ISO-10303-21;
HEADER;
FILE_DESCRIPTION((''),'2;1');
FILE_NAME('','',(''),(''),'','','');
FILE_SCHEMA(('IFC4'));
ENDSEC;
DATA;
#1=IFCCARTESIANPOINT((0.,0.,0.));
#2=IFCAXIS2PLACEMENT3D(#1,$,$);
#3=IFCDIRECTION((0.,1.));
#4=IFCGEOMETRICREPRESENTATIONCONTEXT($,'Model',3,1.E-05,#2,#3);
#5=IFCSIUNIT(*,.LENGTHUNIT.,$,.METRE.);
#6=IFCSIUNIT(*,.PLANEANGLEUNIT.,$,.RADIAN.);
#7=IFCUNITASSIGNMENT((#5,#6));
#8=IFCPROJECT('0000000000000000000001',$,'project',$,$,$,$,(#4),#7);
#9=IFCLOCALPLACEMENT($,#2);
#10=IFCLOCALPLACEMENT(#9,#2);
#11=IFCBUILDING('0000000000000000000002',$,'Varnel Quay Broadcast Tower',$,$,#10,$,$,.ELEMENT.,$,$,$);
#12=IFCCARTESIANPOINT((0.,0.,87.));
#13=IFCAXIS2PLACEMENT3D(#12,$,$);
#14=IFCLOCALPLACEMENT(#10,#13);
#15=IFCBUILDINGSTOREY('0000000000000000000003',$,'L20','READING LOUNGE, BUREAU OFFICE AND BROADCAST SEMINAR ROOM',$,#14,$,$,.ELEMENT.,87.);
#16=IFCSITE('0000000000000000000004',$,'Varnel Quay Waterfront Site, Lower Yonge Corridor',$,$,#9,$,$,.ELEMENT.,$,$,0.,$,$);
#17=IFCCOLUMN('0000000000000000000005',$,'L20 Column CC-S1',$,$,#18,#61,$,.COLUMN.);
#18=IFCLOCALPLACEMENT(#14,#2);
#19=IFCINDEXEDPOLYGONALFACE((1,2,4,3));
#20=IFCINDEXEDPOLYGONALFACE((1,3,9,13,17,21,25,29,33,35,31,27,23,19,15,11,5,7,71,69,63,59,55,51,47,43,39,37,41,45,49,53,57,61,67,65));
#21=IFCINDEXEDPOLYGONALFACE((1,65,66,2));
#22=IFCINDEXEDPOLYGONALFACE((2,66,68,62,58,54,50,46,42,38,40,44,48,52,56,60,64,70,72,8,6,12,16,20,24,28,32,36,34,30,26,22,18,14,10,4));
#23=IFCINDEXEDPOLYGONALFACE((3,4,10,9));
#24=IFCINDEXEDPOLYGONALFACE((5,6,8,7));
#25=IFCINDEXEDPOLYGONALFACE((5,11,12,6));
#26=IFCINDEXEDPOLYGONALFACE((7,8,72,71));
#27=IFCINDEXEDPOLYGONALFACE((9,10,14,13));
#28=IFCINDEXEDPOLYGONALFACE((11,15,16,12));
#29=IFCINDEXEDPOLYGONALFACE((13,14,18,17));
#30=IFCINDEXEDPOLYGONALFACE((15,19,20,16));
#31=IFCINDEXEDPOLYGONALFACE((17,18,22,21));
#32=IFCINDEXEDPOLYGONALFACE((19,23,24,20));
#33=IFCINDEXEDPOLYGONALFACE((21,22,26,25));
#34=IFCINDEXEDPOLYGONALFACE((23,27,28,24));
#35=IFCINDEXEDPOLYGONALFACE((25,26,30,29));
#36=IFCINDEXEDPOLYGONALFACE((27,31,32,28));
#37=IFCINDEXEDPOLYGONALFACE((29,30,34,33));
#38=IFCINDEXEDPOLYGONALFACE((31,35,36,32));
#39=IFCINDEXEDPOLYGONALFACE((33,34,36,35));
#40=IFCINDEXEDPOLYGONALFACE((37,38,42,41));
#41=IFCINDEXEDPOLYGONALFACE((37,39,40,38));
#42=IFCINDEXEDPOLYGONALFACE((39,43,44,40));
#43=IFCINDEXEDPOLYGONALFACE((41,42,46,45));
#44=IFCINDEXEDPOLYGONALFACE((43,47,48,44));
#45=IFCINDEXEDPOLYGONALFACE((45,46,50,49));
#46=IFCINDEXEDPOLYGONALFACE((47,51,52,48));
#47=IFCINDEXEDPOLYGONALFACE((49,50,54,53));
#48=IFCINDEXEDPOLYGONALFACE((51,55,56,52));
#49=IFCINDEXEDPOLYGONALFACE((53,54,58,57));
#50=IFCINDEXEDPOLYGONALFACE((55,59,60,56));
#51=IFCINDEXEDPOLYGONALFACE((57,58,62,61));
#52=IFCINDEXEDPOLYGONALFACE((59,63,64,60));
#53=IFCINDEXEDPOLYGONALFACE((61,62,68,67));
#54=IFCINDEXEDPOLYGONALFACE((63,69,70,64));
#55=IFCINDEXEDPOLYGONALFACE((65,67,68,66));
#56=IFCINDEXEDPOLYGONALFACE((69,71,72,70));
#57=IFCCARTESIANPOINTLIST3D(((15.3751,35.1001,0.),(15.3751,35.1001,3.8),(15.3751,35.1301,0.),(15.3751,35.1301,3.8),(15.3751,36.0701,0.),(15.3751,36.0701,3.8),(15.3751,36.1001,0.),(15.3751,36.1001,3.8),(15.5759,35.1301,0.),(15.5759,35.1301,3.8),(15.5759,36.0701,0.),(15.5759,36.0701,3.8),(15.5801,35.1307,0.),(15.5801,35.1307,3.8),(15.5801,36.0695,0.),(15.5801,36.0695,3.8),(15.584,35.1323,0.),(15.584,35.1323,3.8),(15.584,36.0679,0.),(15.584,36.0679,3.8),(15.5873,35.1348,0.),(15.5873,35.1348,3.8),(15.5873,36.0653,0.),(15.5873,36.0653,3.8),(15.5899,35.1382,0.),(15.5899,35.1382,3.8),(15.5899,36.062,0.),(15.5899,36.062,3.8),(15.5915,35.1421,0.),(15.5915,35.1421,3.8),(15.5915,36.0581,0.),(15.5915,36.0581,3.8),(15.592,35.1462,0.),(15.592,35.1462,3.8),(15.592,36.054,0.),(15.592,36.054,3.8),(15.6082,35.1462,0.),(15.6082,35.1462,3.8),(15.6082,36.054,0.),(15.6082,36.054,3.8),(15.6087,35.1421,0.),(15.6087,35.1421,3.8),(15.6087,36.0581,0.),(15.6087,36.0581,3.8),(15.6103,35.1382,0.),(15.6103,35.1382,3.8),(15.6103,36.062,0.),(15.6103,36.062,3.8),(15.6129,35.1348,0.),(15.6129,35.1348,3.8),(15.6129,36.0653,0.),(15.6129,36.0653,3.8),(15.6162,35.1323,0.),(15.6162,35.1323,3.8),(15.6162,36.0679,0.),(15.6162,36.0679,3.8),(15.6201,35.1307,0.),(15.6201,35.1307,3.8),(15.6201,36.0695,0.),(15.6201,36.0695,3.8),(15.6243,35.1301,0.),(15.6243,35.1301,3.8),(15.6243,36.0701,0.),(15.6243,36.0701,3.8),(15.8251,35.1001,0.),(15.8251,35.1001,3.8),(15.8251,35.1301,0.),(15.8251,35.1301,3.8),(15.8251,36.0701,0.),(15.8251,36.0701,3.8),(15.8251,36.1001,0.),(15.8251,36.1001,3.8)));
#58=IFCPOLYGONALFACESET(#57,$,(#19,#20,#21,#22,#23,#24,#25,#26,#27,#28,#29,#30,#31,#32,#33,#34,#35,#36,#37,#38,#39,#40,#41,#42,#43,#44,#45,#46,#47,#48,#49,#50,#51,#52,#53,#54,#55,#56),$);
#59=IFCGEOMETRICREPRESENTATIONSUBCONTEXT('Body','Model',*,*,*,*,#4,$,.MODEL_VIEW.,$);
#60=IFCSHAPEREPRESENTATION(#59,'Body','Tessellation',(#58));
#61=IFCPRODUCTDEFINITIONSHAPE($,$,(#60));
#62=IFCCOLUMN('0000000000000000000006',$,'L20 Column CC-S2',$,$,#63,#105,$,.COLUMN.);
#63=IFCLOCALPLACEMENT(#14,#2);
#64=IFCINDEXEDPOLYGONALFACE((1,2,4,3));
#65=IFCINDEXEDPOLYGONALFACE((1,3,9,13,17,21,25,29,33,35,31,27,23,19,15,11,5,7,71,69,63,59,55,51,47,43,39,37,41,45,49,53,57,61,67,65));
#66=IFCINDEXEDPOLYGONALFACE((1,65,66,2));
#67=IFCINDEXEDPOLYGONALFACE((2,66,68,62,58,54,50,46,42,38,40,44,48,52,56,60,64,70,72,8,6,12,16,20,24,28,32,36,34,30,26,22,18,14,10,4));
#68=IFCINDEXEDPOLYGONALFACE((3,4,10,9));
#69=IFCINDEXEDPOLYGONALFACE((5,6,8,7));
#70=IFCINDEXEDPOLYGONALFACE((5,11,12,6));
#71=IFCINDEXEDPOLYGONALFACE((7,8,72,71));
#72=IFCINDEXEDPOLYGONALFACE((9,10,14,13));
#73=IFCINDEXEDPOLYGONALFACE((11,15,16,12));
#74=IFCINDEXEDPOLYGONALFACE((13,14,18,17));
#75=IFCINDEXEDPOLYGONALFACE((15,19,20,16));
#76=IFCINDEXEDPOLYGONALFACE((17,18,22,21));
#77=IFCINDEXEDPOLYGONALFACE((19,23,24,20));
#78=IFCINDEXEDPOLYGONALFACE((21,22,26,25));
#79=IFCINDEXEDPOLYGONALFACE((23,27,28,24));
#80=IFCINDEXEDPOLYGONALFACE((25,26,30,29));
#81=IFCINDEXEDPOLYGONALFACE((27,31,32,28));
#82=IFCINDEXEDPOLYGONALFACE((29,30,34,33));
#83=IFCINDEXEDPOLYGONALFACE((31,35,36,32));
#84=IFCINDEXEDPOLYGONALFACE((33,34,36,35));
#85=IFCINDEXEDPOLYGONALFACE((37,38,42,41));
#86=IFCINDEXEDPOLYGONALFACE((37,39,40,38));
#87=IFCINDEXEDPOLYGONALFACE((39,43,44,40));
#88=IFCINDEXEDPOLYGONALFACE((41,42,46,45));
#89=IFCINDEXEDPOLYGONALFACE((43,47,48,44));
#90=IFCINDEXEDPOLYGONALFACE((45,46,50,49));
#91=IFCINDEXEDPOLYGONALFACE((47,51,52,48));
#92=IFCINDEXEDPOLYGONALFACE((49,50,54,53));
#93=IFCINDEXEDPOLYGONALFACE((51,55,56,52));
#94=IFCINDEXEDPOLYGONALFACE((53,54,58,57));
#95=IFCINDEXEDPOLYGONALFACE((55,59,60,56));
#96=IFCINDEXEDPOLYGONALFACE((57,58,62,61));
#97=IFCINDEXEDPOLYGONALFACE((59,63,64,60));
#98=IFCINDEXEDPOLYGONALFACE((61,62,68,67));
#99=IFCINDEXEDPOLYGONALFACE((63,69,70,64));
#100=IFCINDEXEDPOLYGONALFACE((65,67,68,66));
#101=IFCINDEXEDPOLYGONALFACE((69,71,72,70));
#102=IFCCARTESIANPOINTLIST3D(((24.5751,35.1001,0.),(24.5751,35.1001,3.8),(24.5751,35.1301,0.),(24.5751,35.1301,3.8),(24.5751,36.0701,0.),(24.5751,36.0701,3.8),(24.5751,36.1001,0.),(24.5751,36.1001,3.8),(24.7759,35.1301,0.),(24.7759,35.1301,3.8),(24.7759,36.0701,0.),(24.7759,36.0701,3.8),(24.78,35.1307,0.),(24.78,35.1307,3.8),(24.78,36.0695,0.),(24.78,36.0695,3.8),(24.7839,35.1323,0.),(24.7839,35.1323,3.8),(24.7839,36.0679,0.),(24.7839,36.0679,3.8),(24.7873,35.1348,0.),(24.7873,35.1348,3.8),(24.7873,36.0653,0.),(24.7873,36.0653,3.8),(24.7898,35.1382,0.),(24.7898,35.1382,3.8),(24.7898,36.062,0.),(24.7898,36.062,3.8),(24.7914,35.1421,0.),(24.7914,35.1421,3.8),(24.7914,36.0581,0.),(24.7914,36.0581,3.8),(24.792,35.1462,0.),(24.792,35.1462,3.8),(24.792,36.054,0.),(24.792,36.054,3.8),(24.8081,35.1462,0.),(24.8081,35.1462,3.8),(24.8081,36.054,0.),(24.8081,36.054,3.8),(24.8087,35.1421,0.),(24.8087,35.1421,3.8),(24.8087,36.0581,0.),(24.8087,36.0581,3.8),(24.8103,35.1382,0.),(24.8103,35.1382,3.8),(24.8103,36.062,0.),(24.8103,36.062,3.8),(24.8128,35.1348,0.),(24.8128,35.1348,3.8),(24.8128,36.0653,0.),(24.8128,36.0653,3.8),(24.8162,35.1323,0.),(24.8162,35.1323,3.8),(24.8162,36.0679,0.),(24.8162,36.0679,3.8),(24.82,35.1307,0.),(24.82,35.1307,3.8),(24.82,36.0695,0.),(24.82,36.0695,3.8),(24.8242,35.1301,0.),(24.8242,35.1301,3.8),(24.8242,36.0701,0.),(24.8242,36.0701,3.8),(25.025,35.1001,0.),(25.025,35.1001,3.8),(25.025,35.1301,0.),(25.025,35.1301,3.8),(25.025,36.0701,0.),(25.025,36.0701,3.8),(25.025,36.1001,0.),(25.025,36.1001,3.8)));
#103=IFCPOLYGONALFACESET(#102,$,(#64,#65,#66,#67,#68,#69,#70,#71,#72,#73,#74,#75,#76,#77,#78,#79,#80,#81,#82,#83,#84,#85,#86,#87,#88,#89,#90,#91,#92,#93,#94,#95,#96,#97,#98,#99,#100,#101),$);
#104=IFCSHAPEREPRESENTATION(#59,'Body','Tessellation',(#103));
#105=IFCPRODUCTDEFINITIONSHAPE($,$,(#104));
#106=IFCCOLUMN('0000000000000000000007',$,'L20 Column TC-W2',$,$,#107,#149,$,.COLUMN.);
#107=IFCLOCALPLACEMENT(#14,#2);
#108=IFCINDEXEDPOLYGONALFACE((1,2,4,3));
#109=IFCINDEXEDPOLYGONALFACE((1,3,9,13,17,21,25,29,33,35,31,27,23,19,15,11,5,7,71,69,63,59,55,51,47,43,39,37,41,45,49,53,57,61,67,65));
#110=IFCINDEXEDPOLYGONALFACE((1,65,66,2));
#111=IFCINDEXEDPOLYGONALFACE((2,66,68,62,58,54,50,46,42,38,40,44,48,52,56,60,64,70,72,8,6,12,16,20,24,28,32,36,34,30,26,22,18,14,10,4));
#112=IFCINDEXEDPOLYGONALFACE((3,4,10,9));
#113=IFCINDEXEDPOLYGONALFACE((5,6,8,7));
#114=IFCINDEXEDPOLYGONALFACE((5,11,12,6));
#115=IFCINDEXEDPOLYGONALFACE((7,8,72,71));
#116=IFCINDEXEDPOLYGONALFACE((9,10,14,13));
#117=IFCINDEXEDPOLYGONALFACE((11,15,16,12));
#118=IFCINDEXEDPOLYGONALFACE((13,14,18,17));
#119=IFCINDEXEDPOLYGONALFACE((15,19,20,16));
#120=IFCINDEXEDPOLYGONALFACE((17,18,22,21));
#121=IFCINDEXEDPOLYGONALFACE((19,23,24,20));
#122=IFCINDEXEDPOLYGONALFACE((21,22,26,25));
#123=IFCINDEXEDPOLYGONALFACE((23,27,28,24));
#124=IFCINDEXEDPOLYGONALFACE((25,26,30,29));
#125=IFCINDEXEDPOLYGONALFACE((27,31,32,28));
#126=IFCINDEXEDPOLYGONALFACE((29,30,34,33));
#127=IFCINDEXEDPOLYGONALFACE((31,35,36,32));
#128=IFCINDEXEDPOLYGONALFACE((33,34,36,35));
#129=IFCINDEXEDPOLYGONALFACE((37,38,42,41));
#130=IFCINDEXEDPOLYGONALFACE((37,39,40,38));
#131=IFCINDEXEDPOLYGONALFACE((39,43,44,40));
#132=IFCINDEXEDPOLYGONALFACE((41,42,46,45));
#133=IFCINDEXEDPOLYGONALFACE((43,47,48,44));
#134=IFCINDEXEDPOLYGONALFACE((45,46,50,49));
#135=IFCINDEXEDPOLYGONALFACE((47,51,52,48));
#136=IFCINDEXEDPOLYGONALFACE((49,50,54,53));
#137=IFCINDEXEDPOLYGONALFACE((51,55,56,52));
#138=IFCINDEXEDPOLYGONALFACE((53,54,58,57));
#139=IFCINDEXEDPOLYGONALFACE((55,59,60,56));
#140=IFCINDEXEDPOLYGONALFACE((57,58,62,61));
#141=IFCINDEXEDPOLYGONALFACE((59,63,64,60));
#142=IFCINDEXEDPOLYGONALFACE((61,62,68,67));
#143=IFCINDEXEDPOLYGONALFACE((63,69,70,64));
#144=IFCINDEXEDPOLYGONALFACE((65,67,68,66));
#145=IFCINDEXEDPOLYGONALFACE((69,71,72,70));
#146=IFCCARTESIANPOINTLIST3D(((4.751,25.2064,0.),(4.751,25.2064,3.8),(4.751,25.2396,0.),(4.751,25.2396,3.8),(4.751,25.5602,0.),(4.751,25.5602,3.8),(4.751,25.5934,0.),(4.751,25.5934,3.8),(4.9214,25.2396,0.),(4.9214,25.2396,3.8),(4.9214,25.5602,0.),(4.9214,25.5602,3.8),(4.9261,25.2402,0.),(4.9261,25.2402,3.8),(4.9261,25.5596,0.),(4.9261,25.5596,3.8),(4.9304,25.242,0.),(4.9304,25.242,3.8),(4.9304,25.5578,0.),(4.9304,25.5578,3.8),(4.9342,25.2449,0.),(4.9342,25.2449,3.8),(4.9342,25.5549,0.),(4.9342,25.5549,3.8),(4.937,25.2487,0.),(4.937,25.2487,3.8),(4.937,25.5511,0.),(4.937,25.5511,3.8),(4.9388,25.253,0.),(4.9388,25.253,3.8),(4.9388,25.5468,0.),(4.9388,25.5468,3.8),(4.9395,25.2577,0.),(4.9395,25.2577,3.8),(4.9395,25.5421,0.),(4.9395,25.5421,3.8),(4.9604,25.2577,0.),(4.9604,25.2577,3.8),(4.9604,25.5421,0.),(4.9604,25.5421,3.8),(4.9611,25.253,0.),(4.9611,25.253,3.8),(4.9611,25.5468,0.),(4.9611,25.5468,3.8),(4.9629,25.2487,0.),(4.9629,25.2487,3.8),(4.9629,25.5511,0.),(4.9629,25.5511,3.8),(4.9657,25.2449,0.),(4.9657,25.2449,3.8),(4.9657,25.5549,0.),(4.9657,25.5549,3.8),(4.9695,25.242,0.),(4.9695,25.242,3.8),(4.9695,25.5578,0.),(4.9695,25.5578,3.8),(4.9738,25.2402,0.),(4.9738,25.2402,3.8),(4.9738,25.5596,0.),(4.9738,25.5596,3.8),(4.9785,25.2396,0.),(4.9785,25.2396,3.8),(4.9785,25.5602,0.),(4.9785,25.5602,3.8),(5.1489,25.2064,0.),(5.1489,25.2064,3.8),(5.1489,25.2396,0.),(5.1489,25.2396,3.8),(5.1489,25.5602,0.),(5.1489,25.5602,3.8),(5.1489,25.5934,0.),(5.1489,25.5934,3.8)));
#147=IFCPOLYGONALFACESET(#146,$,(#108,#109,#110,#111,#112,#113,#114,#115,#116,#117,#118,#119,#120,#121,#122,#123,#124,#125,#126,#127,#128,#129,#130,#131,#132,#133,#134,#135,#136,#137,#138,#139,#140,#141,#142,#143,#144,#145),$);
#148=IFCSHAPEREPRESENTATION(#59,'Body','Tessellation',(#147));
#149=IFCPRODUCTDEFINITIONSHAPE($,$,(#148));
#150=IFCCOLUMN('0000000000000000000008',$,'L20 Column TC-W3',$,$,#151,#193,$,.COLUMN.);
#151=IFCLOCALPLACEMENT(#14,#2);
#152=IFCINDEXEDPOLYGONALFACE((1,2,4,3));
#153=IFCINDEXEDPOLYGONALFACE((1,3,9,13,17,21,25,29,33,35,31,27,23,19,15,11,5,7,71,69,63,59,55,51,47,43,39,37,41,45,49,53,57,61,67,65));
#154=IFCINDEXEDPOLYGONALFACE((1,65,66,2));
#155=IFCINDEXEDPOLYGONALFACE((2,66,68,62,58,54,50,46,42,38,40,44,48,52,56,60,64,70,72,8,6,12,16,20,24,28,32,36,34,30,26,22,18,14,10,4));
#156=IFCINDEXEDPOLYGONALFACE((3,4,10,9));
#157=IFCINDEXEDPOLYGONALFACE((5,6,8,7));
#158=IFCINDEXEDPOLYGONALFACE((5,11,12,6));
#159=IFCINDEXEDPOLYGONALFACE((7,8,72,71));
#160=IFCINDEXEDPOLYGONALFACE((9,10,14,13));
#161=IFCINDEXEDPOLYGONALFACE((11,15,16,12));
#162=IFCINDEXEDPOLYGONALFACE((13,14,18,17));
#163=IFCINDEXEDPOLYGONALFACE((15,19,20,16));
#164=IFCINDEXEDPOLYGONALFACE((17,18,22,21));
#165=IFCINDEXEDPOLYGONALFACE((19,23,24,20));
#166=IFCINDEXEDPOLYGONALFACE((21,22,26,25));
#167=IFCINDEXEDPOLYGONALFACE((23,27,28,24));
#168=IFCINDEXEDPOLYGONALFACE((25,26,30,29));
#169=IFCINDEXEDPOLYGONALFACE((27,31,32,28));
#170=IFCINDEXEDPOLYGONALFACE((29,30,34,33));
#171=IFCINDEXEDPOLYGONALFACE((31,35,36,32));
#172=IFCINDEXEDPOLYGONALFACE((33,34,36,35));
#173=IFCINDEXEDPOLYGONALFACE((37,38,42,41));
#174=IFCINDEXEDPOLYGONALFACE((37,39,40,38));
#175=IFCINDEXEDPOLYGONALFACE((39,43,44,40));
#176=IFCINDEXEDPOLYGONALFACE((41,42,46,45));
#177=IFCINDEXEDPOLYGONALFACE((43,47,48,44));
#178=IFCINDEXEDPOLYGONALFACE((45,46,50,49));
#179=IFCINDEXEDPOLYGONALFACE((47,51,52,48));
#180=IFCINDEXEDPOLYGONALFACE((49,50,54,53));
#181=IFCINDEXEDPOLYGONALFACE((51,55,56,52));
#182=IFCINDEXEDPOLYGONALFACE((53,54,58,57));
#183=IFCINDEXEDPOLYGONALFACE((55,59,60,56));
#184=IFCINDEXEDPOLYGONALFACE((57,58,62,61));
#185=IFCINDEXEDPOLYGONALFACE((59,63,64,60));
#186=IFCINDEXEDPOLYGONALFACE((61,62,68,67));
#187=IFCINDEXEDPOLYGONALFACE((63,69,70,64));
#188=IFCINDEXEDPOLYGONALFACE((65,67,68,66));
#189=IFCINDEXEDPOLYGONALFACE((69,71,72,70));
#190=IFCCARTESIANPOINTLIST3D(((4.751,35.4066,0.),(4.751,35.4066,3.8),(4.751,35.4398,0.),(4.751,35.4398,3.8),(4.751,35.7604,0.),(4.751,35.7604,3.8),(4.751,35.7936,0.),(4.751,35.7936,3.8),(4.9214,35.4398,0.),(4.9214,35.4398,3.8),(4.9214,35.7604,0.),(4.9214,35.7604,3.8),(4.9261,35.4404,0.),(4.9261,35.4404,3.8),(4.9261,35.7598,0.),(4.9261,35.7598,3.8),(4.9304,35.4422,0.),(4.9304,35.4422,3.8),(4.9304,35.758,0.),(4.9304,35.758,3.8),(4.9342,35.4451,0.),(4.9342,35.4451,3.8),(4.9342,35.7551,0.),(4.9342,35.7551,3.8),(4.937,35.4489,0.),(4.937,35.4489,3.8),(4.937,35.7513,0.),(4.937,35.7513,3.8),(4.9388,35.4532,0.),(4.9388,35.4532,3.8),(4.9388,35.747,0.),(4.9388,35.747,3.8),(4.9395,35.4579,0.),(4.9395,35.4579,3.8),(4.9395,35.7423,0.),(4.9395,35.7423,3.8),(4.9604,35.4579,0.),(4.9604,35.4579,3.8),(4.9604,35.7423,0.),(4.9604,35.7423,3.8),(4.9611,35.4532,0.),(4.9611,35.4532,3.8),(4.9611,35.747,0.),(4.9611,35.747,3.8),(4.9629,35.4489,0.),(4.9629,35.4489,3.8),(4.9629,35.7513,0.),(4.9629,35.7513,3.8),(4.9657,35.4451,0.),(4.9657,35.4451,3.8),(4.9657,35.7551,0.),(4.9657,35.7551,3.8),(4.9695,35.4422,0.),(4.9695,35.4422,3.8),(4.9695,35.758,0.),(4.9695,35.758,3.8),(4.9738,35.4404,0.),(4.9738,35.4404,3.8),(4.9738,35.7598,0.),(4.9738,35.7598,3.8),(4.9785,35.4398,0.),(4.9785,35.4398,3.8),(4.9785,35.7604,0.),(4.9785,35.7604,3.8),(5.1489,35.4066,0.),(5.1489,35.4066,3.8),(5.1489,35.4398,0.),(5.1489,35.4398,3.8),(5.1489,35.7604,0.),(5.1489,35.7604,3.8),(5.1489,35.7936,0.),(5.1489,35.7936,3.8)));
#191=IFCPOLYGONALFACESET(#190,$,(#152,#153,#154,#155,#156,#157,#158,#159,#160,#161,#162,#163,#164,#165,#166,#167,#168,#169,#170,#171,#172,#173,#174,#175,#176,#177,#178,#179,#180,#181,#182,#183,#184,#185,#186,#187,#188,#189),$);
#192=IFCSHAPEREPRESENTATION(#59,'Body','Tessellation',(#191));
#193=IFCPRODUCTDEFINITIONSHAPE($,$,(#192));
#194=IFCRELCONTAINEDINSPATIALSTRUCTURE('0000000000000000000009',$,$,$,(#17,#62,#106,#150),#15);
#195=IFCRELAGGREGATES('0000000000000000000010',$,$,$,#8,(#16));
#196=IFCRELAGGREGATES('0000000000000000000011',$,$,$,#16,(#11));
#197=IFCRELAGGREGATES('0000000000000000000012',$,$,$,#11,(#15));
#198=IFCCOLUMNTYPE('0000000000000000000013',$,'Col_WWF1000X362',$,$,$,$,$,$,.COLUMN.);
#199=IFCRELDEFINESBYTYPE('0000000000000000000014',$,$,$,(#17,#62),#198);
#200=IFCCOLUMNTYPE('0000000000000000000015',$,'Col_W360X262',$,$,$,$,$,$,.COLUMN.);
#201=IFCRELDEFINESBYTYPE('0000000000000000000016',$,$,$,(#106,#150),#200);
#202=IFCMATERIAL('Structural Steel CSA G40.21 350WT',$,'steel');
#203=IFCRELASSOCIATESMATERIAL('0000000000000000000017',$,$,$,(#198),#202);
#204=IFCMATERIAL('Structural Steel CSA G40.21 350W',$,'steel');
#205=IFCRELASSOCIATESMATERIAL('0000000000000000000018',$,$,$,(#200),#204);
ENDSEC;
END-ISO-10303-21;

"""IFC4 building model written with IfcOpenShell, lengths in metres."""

from ifc_helpers import new_model, si_unit, direction, frame, origin, origin_2d, place, context, subcontext, project, spatial, i_section, extrude, source, transform, mapped, material, material_profile, profile_set, type_object, type_shapes, element, save


model = new_model("IFC4")

# Units and contexts
model_context = context("Model", 3, precision=1e-05, world=origin(), true_north=direction((0.0, 1.0)))
body_context = subcontext(model_context, "Body", "Model", "MODEL_VIEW")
ifc_project = project(units=[si_unit("LENGTHUNIT", "METRE"), si_unit("PLANEANGLEUNIT", "RADIAN")], contexts=[model_context])

# Site, building, storey
site_placement = place(None, origin())
site = spatial("IfcSite", under=ifc_project, at=site_placement, Name="Varnel Quay Waterfront Site, Lower Yonge Corridor", CompositionType="ELEMENT", RefElevation=0.0)
building_placement = place(site_placement, origin())
building = spatial("IfcBuilding", under=site, at=building_placement, Name="Varnel Quay Broadcast Tower", CompositionType="ELEMENT")
storey_placement = place(building_placement, frame((0.0, 0.0, 87.0)))
storey = spatial("IfcBuildingStorey", under=building, at=storey_placement, Name="L20", Description="READING LOUNGE, BUREAU OFFICE AND BROADCAST SEMINAR ROOM", CompositionType="ELEMENT", Elevation=87.0)

# Columns
ifc_material_1 = material(Name="Structural Steel CSA G40.21 350WT", Category="steel")
ifc_material_profile_1 = material_profile(ifc_material_1, i_section(OverallWidth=0.45, OverallDepth=1.0, WebThickness=0.0161, FlangeThickness=0.03, FilletRadius=0.0161, at=origin_2d()), Name="WWF1000X362")
ifc_profile_set_1 = profile_set([ifc_material_profile_1], Name="Structural Steel CSA G40.21 350WT")
column_type_1 = type_object("IfcColumnType", Name="Col_WWF1000X362", PredefinedType="COLUMN", material=ifc_profile_set_1)
shared_shape_1 = source(origin(), body_context, "Body", "SweptSolid", [
    extrude(i_section(OverallWidth=0.45, OverallDepth=1.0, WebThickness=0.0161, FlangeThickness=0.03, FilletRadius=0.0161, at=origin_2d()), origin(), (0.0, 0.0, 1.0), 3.8),
])
type_shapes(column_type_1, [shared_shape_1])
for number, where, z_axis, x_axis, name in (
    (1, (15.6001, 35.6001, 0.0), (0.0, 0.0, 1.0), (1.0, 0.0, 0.0), "L20 Column CC-S1"),
    (2, (24.8, 35.6001, 0.0), (0.0, 0.0, 1.0), (1.0, 0.0, 0.0), "L20 Column CC-S2"),
):
    element("IfcColumn", number, at=place(storey_placement, frame(where, z_axis=z_axis, x_axis=x_axis)), inside=storey, type_object=column_type_1, Name=name, PredefinedType="COLUMN", context=body_context, shape_type="MappedRepresentation", body=[
        mapped(shared_shape_1, transform((0.0, 0.0, 0.0), x_axis=(1.0, 0.0, 0.0), y_axis=(0.0, 1.0, 0.0), z_axis=(0.0, 0.0, 1.0), scale=1.0)),
    ])
ifc_material_2 = material(Name="Structural Steel CSA G40.21 350W", Category="steel")
ifc_material_profile_2 = material_profile(ifc_material_2, i_section(OverallWidth=0.3979, OverallDepth=0.387, WebThickness=0.021, FlangeThickness=0.0332, FilletRadius=0.0181, at=origin_2d()), Name="W360X262")
ifc_profile_set_2 = profile_set([ifc_material_profile_2], Name="Structural Steel CSA G40.21 350W")
column_type_2 = type_object("IfcColumnType", Name="Col_W360X262", PredefinedType="COLUMN", material=ifc_profile_set_2)
shared_shape_2 = source(origin(), body_context, "Body", "SweptSolid", [
    extrude(i_section(OverallWidth=0.3979, OverallDepth=0.387, WebThickness=0.021, FlangeThickness=0.0332, FilletRadius=0.0181, at=origin_2d()), origin(), (0.0, 0.0, 1.0), 3.8),
])
type_shapes(column_type_2, [shared_shape_2])
for number, where, z_axis, x_axis, name in (
    (3, (4.95, 25.3999, 0.0), (0.0, 0.0, 1.0), (1.0, 0.0, 0.0), "L20 Column TC-W2"),
    (4, (4.95, 35.6001, 0.0), (0.0, 0.0, 1.0), (1.0, 0.0, 0.0), "L20 Column TC-W3"),
):
    element("IfcColumn", number, at=place(storey_placement, frame(where, z_axis=z_axis, x_axis=x_axis)), inside=storey, type_object=column_type_2, Name=name, PredefinedType="COLUMN", context=body_context, shape_type="MappedRepresentation", body=[
        mapped(shared_shape_2, transform((0.0, 0.0, 0.0), x_axis=(1.0, 0.0, 0.0), y_axis=(0.0, 1.0, 0.0), z_axis=(0.0, 0.0, 1.0), scale=1.0)),
    ])

save(model, "model.ifc")
